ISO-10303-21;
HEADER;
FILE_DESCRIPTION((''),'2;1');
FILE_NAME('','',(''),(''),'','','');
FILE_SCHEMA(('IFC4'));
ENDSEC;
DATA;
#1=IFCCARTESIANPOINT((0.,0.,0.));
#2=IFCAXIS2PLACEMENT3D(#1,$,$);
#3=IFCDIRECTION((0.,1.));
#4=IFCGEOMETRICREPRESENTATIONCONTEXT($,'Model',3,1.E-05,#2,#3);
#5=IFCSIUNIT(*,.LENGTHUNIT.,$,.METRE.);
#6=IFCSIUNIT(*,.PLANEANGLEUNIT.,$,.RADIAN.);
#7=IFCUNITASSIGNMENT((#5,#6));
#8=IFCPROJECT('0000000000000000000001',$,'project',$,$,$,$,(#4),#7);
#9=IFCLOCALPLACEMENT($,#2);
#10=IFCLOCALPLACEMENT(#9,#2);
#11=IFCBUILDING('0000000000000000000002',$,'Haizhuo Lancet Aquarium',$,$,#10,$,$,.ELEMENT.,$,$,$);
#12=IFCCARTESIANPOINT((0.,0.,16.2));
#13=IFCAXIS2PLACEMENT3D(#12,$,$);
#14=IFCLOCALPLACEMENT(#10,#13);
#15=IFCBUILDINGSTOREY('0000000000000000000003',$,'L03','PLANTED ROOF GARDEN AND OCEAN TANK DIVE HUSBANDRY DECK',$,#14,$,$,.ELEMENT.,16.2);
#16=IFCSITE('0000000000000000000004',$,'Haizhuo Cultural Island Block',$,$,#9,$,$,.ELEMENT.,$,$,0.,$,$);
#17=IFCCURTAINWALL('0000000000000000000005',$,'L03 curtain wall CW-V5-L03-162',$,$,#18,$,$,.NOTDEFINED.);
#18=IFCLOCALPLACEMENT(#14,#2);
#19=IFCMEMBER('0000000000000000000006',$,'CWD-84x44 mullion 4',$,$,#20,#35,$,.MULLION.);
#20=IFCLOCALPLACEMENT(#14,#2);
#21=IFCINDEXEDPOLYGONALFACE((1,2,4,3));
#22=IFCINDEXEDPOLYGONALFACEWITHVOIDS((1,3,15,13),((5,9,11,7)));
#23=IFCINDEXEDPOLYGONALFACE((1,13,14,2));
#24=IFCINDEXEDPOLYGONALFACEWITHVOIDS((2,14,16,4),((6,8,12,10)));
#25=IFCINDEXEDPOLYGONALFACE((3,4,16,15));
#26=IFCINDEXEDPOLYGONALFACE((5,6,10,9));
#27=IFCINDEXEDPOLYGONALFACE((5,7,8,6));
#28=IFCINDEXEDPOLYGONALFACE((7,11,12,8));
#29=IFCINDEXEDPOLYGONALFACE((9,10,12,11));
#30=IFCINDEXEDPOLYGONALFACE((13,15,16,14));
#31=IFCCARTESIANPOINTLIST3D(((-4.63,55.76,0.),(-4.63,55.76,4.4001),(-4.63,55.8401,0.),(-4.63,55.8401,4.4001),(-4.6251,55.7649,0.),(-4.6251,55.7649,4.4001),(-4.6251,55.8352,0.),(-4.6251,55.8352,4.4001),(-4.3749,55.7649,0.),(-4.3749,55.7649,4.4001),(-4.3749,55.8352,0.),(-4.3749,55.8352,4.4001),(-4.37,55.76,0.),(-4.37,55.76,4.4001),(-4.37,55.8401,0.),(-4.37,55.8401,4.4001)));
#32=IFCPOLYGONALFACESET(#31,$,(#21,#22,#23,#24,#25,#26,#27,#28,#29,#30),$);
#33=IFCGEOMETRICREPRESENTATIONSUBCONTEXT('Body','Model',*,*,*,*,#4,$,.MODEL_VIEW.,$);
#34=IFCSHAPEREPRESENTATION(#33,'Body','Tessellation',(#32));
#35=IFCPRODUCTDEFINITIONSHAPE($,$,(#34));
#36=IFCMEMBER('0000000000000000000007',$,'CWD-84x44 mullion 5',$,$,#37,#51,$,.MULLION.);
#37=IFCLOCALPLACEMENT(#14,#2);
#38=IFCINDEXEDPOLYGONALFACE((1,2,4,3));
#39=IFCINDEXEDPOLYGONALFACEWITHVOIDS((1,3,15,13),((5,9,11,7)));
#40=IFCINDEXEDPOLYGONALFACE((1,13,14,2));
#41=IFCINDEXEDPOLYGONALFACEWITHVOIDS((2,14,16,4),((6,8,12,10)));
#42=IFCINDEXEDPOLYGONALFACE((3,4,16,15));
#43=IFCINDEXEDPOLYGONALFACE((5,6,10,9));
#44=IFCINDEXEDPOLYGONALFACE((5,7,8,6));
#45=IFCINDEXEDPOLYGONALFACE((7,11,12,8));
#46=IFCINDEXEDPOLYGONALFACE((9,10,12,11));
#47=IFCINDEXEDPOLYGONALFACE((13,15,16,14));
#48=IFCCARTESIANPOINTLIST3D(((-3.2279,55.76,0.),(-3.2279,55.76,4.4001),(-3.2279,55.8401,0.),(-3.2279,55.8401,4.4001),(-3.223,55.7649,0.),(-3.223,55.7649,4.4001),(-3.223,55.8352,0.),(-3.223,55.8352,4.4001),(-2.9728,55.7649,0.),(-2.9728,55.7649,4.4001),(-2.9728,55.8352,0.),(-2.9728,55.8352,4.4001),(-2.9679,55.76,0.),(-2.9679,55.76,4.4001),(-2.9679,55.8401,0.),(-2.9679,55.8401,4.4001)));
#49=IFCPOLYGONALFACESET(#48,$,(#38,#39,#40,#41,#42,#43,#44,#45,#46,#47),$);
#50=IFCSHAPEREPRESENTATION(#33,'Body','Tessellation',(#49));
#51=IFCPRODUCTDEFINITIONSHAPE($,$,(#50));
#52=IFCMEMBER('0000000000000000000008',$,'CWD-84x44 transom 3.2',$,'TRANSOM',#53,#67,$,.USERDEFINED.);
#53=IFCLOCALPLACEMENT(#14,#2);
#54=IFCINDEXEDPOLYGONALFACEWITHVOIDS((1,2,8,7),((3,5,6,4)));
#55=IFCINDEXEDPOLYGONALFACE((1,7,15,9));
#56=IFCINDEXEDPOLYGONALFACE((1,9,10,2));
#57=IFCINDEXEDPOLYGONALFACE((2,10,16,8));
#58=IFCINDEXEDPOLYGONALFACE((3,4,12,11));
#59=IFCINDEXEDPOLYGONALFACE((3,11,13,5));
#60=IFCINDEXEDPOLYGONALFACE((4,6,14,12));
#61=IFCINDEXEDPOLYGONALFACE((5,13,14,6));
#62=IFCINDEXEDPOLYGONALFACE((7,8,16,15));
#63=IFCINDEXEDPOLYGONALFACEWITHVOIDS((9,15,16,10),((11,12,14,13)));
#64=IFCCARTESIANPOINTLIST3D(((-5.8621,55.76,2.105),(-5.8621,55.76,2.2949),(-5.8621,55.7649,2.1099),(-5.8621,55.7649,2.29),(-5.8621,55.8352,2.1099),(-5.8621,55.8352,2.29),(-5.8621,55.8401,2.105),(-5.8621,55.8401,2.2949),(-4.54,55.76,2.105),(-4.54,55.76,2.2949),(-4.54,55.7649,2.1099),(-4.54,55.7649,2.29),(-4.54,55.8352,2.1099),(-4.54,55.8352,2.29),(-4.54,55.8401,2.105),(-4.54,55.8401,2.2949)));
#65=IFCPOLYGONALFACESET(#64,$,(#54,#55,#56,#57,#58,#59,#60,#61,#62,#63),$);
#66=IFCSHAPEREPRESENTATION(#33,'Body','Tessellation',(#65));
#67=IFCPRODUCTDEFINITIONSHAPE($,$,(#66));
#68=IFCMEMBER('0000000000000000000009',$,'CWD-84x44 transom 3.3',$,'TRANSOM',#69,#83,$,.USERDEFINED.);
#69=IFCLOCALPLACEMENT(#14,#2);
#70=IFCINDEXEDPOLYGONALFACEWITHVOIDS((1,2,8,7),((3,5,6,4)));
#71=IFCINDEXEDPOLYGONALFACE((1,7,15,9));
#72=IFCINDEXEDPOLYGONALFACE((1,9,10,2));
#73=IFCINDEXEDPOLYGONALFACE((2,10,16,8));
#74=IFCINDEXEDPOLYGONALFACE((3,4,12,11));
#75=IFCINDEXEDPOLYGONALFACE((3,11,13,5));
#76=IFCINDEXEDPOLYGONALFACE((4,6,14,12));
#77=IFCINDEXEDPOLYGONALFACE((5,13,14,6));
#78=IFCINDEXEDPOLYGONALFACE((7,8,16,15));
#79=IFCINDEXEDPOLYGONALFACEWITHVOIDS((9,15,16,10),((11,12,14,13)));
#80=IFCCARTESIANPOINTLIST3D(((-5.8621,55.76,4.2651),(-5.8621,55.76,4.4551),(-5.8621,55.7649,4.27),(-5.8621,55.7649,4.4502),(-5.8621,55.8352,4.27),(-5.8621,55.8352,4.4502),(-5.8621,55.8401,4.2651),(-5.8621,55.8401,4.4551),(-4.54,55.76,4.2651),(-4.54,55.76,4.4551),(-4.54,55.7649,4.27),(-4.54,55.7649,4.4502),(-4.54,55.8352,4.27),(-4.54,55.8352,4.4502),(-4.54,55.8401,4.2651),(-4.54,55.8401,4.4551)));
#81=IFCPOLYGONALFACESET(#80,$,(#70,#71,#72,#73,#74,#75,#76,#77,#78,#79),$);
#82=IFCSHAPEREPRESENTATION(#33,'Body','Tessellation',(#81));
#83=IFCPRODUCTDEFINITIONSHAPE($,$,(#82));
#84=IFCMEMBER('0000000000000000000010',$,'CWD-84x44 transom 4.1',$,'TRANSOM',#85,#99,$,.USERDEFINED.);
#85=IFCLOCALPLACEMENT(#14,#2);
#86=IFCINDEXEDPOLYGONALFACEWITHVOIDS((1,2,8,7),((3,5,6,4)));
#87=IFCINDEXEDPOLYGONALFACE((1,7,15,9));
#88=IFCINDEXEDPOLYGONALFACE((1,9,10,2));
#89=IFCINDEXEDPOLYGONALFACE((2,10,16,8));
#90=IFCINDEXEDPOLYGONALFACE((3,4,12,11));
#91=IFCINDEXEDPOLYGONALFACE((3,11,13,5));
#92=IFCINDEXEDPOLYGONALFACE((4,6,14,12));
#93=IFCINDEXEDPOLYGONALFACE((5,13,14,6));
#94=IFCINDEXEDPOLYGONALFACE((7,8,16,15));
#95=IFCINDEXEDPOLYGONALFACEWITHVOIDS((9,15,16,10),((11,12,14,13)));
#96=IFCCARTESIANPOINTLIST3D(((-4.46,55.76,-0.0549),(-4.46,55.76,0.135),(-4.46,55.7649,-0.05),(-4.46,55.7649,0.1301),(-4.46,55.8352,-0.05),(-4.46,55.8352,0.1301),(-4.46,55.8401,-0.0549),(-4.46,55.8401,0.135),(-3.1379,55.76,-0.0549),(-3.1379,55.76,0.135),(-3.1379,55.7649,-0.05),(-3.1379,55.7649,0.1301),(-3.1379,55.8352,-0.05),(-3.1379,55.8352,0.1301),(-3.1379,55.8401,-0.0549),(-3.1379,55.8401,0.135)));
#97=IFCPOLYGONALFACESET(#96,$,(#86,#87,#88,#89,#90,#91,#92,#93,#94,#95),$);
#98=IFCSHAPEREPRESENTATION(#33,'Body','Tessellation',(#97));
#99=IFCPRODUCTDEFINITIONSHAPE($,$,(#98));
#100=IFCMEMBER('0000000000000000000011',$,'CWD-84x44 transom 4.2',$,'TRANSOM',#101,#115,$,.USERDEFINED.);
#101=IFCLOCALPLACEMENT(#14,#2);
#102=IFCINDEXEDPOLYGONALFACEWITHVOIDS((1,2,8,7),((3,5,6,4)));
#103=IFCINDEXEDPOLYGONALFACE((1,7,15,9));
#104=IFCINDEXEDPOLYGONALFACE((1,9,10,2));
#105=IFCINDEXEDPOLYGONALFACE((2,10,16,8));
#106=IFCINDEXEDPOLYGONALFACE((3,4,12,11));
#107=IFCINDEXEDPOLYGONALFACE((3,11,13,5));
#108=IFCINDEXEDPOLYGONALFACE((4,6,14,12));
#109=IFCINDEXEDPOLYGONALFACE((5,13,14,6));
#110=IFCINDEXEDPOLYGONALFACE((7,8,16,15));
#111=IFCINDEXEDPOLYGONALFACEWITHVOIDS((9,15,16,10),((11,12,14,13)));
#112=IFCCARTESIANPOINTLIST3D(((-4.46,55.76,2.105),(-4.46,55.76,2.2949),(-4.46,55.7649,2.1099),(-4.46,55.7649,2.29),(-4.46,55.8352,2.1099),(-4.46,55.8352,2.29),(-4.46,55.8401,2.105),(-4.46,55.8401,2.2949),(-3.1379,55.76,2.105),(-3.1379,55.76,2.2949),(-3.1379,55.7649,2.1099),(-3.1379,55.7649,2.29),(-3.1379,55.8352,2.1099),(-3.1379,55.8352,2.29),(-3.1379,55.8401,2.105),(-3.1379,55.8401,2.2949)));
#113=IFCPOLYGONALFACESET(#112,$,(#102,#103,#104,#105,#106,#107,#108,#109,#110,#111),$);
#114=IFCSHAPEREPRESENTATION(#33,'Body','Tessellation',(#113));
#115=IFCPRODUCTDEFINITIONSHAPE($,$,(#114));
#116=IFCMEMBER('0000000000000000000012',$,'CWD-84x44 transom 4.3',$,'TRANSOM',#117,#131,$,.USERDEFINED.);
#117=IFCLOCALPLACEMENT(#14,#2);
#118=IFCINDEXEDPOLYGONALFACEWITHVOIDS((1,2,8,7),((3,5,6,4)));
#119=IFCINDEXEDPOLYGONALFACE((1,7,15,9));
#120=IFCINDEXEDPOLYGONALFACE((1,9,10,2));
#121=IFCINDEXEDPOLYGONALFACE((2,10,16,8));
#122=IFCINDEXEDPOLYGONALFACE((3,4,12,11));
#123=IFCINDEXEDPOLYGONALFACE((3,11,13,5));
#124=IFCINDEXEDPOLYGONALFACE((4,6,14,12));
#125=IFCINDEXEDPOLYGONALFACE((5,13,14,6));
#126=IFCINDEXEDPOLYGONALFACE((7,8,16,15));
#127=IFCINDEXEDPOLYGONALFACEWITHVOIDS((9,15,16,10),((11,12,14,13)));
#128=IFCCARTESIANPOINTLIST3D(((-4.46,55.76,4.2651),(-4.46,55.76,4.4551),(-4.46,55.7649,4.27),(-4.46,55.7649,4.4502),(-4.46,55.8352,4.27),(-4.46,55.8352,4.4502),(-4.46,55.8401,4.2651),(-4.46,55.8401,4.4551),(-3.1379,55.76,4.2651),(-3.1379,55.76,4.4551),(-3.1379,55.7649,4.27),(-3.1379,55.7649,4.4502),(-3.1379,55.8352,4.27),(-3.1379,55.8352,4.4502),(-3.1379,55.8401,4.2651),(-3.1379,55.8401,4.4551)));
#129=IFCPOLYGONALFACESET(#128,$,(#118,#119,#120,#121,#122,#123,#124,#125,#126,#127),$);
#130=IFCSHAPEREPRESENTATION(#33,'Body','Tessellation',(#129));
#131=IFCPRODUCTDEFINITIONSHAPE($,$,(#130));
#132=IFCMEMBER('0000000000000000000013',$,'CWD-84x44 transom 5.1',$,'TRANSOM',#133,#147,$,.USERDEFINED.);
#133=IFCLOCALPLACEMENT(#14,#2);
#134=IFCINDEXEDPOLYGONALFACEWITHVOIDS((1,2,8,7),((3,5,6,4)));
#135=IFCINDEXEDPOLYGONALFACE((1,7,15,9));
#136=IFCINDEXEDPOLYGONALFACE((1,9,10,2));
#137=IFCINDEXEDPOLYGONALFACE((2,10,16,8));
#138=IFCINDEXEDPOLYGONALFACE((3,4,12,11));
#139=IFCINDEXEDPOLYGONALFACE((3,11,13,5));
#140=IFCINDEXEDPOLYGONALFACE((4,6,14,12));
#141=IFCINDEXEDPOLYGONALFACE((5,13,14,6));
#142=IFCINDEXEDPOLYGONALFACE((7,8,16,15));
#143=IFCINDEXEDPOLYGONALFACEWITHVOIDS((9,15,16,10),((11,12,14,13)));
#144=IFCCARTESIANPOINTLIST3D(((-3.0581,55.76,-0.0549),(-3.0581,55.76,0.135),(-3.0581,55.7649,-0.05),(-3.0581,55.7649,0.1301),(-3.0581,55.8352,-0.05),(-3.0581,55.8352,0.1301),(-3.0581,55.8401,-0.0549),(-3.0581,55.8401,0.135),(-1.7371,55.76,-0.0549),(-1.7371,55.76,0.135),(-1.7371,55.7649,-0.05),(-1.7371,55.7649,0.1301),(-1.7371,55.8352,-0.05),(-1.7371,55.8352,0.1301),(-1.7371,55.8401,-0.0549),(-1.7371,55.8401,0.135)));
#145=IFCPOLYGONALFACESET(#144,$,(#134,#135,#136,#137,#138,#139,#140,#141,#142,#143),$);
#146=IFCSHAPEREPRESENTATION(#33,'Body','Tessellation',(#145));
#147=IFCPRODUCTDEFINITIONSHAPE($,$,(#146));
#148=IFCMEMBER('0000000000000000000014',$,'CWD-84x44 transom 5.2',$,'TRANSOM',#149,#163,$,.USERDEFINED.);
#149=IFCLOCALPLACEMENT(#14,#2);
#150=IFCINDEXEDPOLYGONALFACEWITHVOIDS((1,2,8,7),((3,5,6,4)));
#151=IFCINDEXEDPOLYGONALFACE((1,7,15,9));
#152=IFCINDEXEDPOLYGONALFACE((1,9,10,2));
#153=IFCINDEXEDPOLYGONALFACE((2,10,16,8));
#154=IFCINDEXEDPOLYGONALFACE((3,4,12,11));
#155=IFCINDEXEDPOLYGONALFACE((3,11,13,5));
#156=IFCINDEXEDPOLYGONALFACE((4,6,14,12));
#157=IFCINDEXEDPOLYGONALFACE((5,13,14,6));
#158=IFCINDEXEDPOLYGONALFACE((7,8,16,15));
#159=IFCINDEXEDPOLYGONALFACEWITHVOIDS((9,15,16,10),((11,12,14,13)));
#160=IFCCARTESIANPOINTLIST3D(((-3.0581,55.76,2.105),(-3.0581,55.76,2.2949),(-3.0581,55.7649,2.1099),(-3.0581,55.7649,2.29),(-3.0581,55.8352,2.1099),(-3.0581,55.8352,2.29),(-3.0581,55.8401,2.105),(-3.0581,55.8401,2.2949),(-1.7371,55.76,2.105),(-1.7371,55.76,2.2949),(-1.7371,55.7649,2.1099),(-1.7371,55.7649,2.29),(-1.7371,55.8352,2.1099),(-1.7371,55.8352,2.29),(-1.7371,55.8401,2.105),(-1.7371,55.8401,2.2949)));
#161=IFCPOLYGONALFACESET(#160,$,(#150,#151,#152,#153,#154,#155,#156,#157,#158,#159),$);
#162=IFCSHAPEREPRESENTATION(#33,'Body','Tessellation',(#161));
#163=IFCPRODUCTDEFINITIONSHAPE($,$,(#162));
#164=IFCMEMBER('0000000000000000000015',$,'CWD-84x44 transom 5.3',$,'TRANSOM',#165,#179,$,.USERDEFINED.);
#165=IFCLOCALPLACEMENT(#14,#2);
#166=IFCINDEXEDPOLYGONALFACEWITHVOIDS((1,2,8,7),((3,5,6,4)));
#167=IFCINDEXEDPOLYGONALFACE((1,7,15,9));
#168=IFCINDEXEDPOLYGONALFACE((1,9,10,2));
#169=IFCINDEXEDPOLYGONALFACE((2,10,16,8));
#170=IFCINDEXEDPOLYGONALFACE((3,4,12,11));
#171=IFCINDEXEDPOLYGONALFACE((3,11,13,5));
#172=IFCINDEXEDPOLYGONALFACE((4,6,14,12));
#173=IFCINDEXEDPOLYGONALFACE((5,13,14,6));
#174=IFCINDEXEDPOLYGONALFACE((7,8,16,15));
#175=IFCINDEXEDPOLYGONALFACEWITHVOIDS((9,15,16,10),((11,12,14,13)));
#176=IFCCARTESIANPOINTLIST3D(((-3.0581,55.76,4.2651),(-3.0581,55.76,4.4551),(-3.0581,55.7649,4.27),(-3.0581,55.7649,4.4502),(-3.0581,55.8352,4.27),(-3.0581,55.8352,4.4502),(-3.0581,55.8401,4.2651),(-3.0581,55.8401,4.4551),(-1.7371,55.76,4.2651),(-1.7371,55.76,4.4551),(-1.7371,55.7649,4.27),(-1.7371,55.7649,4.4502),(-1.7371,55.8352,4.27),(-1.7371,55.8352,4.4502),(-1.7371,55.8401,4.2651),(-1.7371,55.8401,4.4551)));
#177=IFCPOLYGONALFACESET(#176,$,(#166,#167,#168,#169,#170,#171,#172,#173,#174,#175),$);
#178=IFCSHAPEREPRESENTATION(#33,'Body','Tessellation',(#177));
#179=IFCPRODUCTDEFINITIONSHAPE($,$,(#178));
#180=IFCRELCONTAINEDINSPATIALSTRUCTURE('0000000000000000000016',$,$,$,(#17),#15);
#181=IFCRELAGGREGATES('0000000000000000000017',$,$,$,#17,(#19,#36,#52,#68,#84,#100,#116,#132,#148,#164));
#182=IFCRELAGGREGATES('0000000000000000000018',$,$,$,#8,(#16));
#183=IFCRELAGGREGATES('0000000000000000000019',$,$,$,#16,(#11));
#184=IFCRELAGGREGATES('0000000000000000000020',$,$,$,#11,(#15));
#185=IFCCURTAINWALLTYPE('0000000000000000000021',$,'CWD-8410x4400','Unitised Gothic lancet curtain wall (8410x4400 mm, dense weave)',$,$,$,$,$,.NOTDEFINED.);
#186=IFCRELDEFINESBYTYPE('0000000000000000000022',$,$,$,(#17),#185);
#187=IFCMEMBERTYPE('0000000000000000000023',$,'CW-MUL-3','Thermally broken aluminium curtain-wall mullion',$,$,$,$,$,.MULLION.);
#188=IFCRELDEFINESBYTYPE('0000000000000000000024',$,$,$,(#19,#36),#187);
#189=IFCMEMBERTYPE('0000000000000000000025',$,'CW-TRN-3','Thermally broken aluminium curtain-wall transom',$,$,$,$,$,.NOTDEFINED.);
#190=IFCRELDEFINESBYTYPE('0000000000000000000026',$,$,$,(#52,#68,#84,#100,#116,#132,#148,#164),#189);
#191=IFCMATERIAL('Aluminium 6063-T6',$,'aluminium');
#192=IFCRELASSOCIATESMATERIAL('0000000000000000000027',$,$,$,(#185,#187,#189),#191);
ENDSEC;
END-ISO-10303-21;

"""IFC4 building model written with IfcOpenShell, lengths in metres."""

from ifc_helpers import new_model, si_unit, direction, frame, origin, origin_2d, place, context, subcontext, project, spatial, hollow_rectangle, extrude, material, material_profile, profile_set, type_object, element, aggregate, save


model = new_model("IFC4")

# Units and contexts
model_context = context("Model", 3, precision=1e-05, world=origin(), true_north=direction((0.0, 1.0)))
body_context = subcontext(model_context, "Body", "Model", "MODEL_VIEW")
ifc_project = project(units=[si_unit("LENGTHUNIT", "METRE"), si_unit("PLANEANGLEUNIT", "RADIAN")], contexts=[model_context])

# Site, building, storey
site_placement = place(None, origin())
site = spatial("IfcSite", under=ifc_project, at=site_placement, Name="Haizhuo Cultural Island Block", CompositionType="ELEMENT", RefElevation=0.0)
building_placement = place(site_placement, origin())
building = spatial("IfcBuilding", under=site, at=building_placement, Name="Haizhuo Lancet Aquarium", CompositionType="ELEMENT")
storey_placement = place(building_placement, frame((0.0, 0.0, 16.2)))
storey = spatial("IfcBuildingStorey", under=building, at=storey_placement, Name="L03", Description="PLANTED ROOF GARDEN AND OCEAN TANK DIVE HUSBANDRY DECK", CompositionType="ELEMENT", Elevation=16.2)

# Curtain wall, members
ifc_material_1 = material(Name="Aluminium 6063-T6", Category="aluminium")
curtain_wall_type = type_object("IfcCurtainWallType", Name="CWD-8410x4400", Description="Unitised Gothic lancet curtain wall (8410x4400 mm, dense weave)", PredefinedType="NOTDEFINED", material=ifc_material_1)
curtain_wall_placement = place(storey_placement, origin())
curtain_wall = element("IfcCurtainWall", 1, at=curtain_wall_placement, inside=storey, type_object=curtain_wall_type, Name="L03 curtain wall CW-V5-L03-162", PredefinedType="NOTDEFINED")
ifc_material_profile_1 = material_profile(ifc_material_1, hollow_rectangle(XDim=0.0801, YDim=0.26, WallThickness=0.0049, at=origin_2d()), Name="ALU-M 80x260x5")
ifc_profile_set_1 = profile_set([ifc_material_profile_1], Name="Aluminium 6063-T6")
member_type_1 = type_object("IfcMemberType", Name="CW-MUL-3", Description="Thermally broken aluminium curtain-wall mullion", PredefinedType="MULLION", material=ifc_profile_set_1)
member_1_placement = place(storey_placement, frame((-4.5, 55.8, 0.0), z_axis=(0.0, 0.0, 1.0), x_axis=(0.0, 1.0, 0.0)))
member_1 = element("IfcMember", 2, at=member_1_placement, type_object=member_type_1, Name="CWD-84x44 mullion 4", PredefinedType="MULLION", context=body_context, shape_type="SweptSolid", body=[
    extrude(hollow_rectangle(XDim=0.0801, YDim=0.26, WallThickness=0.0049, at=origin_2d()), origin(), (0.0, 0.0, 1.0), 4.4001),
])
member_2_placement = place(storey_placement, frame((-3.0979, 55.8, 0.0), z_axis=(0.0, 0.0, 1.0), x_axis=(0.0, 1.0, 0.0)))
member_2 = element("IfcMember", 3, at=member_2_placement, type_object=member_type_1, Name="CWD-84x44 mullion 5", PredefinedType="MULLION", context=body_context, shape_type="SweptSolid", body=[
    extrude(hollow_rectangle(XDim=0.0801, YDim=0.26, WallThickness=0.0049, at=origin_2d()), origin(), (0.0, 0.0, 1.0), 4.4001),
])
ifc_material_profile_2 = material_profile(ifc_material_1, hollow_rectangle(XDim=0.0801, YDim=0.1899, WallThickness=0.0049, at=origin_2d()), Name="ALU-T 80x190x5")
ifc_profile_set_2 = profile_set([ifc_material_profile_2], Name="Aluminium 6063-T6")
member_type_2 = type_object("IfcMemberType", Name="CW-TRN-3", Description="Thermally broken aluminium curtain-wall transom", PredefinedType="NOTDEFINED", material=ifc_profile_set_2)
member_3_placement = place(storey_placement, frame((-5.8621, 55.8, 2.2), z_axis=(1.0, 0.0, 0.0), x_axis=(0.0, 1.0, 0.0)))
member_3 = element("IfcMember", 4, at=member_3_placement, type_object=member_type_2, Name="CWD-84x44 transom 3.2", ObjectType="TRANSOM", PredefinedType="USERDEFINED", context=body_context, shape_type="SweptSolid", body=[
    extrude(hollow_rectangle(XDim=0.0801, YDim=0.1899, WallThickness=0.0049, at=origin_2d()), origin(), (0.0, 0.0, 1.0), 1.322),
])
member_4_placement = place(storey_placement, frame((-5.8621, 55.8, 4.3601), z_axis=(1.0, 0.0, 0.0), x_axis=(0.0, 1.0, 0.0)))
member_4 = element("IfcMember", 5, at=member_4_placement, type_object=member_type_2, Name="CWD-84x44 transom 3.3", ObjectType="TRANSOM", PredefinedType="USERDEFINED", context=body_context, shape_type="SweptSolid", body=[
    extrude(hollow_rectangle(XDim=0.0801, YDim=0.1899, WallThickness=0.0049, at=origin_2d()), origin(), (0.0, 0.0, 1.0), 1.322),
])
member_5_placement = place(storey_placement, frame((-4.46, 55.8, 0.04), z_axis=(1.0, 0.0, 0.0), x_axis=(0.0, 1.0, 0.0)))
member_5 = element("IfcMember", 6, at=member_5_placement, type_object=member_type_2, Name="CWD-84x44 transom 4.1", ObjectType="TRANSOM", PredefinedType="USERDEFINED", context=body_context, shape_type="SweptSolid", body=[
    extrude(hollow_rectangle(XDim=0.0801, YDim=0.1899, WallThickness=0.0049, at=origin_2d()), origin(), (0.0, 0.0, 1.0), 1.322),
])
member_6_placement = place(storey_placement, frame((-4.46, 55.8, 2.2), z_axis=(1.0, 0.0, 0.0), x_axis=(0.0, 1.0, 0.0)))
member_6 = element("IfcMember", 7, at=member_6_placement, type_object=member_type_2, Name="CWD-84x44 transom 4.2", ObjectType="TRANSOM", PredefinedType="USERDEFINED", context=body_context, shape_type="SweptSolid", body=[
    extrude(hollow_rectangle(XDim=0.0801, YDim=0.1899, WallThickness=0.0049, at=origin_2d()), origin(), (0.0, 0.0, 1.0), 1.322),
])
member_7_placement = place(storey_placement, frame((-4.46, 55.8, 4.3601), z_axis=(1.0, 0.0, 0.0), x_axis=(0.0, 1.0, 0.0)))
member_7 = element("IfcMember", 8, at=member_7_placement, type_object=member_type_2, Name="CWD-84x44 transom 4.3", ObjectType="TRANSOM", PredefinedType="USERDEFINED", context=body_context, shape_type="SweptSolid", body=[
    extrude(hollow_rectangle(XDim=0.0801, YDim=0.1899, WallThickness=0.0049, at=origin_2d()), origin(), (0.0, 0.0, 1.0), 1.322),
])
member_8_placement = place(storey_placement, frame((-3.0581, 55.8, 0.04), z_axis=(1.0, 0.0, 0.0), x_axis=(0.0, 1.0, 0.0)))
member_8 = element("IfcMember", 9, at=member_8_placement, type_object=member_type_2, Name="CWD-84x44 transom 5.1", ObjectType="TRANSOM", PredefinedType="USERDEFINED", context=body_context, shape_type="SweptSolid", body=[
    extrude(hollow_rectangle(XDim=0.0801, YDim=0.1899, WallThickness=0.0049, at=origin_2d()), origin(), (0.0, 0.0, 1.0), 1.321),
])
member_9_placement = place(storey_placement, frame((-3.0581, 55.8, 2.2), z_axis=(1.0, 0.0, 0.0), x_axis=(0.0, 1.0, 0.0)))
member_9 = element("IfcMember", 10, at=member_9_placement, type_object=member_type_2, Name="CWD-84x44 transom 5.2", ObjectType="TRANSOM", PredefinedType="USERDEFINED", context=body_context, shape_type="SweptSolid", body=[
    extrude(hollow_rectangle(XDim=0.0801, YDim=0.1899, WallThickness=0.0049, at=origin_2d()), origin(), (0.0, 0.0, 1.0), 1.321),
])
member_10_placement = place(storey_placement, frame((-3.0581, 55.8, 4.3601), z_axis=(1.0, 0.0, 0.0), x_axis=(0.0, 1.0, 0.0)))
member_10 = element("IfcMember", 11, at=member_10_placement, type_object=member_type_2, Name="CWD-84x44 transom 5.3", ObjectType="TRANSOM", PredefinedType="USERDEFINED", context=body_context, shape_type="SweptSolid", body=[
    extrude(hollow_rectangle(XDim=0.0801, YDim=0.1899, WallThickness=0.0049, at=origin_2d()), origin(), (0.0, 0.0, 1.0), 1.321),
])

aggregate(curtain_wall, [member_1, member_2, member_3, member_4, member_5, member_6, member_7, member_8, member_9, member_10])

save(model, "model.ifc")
